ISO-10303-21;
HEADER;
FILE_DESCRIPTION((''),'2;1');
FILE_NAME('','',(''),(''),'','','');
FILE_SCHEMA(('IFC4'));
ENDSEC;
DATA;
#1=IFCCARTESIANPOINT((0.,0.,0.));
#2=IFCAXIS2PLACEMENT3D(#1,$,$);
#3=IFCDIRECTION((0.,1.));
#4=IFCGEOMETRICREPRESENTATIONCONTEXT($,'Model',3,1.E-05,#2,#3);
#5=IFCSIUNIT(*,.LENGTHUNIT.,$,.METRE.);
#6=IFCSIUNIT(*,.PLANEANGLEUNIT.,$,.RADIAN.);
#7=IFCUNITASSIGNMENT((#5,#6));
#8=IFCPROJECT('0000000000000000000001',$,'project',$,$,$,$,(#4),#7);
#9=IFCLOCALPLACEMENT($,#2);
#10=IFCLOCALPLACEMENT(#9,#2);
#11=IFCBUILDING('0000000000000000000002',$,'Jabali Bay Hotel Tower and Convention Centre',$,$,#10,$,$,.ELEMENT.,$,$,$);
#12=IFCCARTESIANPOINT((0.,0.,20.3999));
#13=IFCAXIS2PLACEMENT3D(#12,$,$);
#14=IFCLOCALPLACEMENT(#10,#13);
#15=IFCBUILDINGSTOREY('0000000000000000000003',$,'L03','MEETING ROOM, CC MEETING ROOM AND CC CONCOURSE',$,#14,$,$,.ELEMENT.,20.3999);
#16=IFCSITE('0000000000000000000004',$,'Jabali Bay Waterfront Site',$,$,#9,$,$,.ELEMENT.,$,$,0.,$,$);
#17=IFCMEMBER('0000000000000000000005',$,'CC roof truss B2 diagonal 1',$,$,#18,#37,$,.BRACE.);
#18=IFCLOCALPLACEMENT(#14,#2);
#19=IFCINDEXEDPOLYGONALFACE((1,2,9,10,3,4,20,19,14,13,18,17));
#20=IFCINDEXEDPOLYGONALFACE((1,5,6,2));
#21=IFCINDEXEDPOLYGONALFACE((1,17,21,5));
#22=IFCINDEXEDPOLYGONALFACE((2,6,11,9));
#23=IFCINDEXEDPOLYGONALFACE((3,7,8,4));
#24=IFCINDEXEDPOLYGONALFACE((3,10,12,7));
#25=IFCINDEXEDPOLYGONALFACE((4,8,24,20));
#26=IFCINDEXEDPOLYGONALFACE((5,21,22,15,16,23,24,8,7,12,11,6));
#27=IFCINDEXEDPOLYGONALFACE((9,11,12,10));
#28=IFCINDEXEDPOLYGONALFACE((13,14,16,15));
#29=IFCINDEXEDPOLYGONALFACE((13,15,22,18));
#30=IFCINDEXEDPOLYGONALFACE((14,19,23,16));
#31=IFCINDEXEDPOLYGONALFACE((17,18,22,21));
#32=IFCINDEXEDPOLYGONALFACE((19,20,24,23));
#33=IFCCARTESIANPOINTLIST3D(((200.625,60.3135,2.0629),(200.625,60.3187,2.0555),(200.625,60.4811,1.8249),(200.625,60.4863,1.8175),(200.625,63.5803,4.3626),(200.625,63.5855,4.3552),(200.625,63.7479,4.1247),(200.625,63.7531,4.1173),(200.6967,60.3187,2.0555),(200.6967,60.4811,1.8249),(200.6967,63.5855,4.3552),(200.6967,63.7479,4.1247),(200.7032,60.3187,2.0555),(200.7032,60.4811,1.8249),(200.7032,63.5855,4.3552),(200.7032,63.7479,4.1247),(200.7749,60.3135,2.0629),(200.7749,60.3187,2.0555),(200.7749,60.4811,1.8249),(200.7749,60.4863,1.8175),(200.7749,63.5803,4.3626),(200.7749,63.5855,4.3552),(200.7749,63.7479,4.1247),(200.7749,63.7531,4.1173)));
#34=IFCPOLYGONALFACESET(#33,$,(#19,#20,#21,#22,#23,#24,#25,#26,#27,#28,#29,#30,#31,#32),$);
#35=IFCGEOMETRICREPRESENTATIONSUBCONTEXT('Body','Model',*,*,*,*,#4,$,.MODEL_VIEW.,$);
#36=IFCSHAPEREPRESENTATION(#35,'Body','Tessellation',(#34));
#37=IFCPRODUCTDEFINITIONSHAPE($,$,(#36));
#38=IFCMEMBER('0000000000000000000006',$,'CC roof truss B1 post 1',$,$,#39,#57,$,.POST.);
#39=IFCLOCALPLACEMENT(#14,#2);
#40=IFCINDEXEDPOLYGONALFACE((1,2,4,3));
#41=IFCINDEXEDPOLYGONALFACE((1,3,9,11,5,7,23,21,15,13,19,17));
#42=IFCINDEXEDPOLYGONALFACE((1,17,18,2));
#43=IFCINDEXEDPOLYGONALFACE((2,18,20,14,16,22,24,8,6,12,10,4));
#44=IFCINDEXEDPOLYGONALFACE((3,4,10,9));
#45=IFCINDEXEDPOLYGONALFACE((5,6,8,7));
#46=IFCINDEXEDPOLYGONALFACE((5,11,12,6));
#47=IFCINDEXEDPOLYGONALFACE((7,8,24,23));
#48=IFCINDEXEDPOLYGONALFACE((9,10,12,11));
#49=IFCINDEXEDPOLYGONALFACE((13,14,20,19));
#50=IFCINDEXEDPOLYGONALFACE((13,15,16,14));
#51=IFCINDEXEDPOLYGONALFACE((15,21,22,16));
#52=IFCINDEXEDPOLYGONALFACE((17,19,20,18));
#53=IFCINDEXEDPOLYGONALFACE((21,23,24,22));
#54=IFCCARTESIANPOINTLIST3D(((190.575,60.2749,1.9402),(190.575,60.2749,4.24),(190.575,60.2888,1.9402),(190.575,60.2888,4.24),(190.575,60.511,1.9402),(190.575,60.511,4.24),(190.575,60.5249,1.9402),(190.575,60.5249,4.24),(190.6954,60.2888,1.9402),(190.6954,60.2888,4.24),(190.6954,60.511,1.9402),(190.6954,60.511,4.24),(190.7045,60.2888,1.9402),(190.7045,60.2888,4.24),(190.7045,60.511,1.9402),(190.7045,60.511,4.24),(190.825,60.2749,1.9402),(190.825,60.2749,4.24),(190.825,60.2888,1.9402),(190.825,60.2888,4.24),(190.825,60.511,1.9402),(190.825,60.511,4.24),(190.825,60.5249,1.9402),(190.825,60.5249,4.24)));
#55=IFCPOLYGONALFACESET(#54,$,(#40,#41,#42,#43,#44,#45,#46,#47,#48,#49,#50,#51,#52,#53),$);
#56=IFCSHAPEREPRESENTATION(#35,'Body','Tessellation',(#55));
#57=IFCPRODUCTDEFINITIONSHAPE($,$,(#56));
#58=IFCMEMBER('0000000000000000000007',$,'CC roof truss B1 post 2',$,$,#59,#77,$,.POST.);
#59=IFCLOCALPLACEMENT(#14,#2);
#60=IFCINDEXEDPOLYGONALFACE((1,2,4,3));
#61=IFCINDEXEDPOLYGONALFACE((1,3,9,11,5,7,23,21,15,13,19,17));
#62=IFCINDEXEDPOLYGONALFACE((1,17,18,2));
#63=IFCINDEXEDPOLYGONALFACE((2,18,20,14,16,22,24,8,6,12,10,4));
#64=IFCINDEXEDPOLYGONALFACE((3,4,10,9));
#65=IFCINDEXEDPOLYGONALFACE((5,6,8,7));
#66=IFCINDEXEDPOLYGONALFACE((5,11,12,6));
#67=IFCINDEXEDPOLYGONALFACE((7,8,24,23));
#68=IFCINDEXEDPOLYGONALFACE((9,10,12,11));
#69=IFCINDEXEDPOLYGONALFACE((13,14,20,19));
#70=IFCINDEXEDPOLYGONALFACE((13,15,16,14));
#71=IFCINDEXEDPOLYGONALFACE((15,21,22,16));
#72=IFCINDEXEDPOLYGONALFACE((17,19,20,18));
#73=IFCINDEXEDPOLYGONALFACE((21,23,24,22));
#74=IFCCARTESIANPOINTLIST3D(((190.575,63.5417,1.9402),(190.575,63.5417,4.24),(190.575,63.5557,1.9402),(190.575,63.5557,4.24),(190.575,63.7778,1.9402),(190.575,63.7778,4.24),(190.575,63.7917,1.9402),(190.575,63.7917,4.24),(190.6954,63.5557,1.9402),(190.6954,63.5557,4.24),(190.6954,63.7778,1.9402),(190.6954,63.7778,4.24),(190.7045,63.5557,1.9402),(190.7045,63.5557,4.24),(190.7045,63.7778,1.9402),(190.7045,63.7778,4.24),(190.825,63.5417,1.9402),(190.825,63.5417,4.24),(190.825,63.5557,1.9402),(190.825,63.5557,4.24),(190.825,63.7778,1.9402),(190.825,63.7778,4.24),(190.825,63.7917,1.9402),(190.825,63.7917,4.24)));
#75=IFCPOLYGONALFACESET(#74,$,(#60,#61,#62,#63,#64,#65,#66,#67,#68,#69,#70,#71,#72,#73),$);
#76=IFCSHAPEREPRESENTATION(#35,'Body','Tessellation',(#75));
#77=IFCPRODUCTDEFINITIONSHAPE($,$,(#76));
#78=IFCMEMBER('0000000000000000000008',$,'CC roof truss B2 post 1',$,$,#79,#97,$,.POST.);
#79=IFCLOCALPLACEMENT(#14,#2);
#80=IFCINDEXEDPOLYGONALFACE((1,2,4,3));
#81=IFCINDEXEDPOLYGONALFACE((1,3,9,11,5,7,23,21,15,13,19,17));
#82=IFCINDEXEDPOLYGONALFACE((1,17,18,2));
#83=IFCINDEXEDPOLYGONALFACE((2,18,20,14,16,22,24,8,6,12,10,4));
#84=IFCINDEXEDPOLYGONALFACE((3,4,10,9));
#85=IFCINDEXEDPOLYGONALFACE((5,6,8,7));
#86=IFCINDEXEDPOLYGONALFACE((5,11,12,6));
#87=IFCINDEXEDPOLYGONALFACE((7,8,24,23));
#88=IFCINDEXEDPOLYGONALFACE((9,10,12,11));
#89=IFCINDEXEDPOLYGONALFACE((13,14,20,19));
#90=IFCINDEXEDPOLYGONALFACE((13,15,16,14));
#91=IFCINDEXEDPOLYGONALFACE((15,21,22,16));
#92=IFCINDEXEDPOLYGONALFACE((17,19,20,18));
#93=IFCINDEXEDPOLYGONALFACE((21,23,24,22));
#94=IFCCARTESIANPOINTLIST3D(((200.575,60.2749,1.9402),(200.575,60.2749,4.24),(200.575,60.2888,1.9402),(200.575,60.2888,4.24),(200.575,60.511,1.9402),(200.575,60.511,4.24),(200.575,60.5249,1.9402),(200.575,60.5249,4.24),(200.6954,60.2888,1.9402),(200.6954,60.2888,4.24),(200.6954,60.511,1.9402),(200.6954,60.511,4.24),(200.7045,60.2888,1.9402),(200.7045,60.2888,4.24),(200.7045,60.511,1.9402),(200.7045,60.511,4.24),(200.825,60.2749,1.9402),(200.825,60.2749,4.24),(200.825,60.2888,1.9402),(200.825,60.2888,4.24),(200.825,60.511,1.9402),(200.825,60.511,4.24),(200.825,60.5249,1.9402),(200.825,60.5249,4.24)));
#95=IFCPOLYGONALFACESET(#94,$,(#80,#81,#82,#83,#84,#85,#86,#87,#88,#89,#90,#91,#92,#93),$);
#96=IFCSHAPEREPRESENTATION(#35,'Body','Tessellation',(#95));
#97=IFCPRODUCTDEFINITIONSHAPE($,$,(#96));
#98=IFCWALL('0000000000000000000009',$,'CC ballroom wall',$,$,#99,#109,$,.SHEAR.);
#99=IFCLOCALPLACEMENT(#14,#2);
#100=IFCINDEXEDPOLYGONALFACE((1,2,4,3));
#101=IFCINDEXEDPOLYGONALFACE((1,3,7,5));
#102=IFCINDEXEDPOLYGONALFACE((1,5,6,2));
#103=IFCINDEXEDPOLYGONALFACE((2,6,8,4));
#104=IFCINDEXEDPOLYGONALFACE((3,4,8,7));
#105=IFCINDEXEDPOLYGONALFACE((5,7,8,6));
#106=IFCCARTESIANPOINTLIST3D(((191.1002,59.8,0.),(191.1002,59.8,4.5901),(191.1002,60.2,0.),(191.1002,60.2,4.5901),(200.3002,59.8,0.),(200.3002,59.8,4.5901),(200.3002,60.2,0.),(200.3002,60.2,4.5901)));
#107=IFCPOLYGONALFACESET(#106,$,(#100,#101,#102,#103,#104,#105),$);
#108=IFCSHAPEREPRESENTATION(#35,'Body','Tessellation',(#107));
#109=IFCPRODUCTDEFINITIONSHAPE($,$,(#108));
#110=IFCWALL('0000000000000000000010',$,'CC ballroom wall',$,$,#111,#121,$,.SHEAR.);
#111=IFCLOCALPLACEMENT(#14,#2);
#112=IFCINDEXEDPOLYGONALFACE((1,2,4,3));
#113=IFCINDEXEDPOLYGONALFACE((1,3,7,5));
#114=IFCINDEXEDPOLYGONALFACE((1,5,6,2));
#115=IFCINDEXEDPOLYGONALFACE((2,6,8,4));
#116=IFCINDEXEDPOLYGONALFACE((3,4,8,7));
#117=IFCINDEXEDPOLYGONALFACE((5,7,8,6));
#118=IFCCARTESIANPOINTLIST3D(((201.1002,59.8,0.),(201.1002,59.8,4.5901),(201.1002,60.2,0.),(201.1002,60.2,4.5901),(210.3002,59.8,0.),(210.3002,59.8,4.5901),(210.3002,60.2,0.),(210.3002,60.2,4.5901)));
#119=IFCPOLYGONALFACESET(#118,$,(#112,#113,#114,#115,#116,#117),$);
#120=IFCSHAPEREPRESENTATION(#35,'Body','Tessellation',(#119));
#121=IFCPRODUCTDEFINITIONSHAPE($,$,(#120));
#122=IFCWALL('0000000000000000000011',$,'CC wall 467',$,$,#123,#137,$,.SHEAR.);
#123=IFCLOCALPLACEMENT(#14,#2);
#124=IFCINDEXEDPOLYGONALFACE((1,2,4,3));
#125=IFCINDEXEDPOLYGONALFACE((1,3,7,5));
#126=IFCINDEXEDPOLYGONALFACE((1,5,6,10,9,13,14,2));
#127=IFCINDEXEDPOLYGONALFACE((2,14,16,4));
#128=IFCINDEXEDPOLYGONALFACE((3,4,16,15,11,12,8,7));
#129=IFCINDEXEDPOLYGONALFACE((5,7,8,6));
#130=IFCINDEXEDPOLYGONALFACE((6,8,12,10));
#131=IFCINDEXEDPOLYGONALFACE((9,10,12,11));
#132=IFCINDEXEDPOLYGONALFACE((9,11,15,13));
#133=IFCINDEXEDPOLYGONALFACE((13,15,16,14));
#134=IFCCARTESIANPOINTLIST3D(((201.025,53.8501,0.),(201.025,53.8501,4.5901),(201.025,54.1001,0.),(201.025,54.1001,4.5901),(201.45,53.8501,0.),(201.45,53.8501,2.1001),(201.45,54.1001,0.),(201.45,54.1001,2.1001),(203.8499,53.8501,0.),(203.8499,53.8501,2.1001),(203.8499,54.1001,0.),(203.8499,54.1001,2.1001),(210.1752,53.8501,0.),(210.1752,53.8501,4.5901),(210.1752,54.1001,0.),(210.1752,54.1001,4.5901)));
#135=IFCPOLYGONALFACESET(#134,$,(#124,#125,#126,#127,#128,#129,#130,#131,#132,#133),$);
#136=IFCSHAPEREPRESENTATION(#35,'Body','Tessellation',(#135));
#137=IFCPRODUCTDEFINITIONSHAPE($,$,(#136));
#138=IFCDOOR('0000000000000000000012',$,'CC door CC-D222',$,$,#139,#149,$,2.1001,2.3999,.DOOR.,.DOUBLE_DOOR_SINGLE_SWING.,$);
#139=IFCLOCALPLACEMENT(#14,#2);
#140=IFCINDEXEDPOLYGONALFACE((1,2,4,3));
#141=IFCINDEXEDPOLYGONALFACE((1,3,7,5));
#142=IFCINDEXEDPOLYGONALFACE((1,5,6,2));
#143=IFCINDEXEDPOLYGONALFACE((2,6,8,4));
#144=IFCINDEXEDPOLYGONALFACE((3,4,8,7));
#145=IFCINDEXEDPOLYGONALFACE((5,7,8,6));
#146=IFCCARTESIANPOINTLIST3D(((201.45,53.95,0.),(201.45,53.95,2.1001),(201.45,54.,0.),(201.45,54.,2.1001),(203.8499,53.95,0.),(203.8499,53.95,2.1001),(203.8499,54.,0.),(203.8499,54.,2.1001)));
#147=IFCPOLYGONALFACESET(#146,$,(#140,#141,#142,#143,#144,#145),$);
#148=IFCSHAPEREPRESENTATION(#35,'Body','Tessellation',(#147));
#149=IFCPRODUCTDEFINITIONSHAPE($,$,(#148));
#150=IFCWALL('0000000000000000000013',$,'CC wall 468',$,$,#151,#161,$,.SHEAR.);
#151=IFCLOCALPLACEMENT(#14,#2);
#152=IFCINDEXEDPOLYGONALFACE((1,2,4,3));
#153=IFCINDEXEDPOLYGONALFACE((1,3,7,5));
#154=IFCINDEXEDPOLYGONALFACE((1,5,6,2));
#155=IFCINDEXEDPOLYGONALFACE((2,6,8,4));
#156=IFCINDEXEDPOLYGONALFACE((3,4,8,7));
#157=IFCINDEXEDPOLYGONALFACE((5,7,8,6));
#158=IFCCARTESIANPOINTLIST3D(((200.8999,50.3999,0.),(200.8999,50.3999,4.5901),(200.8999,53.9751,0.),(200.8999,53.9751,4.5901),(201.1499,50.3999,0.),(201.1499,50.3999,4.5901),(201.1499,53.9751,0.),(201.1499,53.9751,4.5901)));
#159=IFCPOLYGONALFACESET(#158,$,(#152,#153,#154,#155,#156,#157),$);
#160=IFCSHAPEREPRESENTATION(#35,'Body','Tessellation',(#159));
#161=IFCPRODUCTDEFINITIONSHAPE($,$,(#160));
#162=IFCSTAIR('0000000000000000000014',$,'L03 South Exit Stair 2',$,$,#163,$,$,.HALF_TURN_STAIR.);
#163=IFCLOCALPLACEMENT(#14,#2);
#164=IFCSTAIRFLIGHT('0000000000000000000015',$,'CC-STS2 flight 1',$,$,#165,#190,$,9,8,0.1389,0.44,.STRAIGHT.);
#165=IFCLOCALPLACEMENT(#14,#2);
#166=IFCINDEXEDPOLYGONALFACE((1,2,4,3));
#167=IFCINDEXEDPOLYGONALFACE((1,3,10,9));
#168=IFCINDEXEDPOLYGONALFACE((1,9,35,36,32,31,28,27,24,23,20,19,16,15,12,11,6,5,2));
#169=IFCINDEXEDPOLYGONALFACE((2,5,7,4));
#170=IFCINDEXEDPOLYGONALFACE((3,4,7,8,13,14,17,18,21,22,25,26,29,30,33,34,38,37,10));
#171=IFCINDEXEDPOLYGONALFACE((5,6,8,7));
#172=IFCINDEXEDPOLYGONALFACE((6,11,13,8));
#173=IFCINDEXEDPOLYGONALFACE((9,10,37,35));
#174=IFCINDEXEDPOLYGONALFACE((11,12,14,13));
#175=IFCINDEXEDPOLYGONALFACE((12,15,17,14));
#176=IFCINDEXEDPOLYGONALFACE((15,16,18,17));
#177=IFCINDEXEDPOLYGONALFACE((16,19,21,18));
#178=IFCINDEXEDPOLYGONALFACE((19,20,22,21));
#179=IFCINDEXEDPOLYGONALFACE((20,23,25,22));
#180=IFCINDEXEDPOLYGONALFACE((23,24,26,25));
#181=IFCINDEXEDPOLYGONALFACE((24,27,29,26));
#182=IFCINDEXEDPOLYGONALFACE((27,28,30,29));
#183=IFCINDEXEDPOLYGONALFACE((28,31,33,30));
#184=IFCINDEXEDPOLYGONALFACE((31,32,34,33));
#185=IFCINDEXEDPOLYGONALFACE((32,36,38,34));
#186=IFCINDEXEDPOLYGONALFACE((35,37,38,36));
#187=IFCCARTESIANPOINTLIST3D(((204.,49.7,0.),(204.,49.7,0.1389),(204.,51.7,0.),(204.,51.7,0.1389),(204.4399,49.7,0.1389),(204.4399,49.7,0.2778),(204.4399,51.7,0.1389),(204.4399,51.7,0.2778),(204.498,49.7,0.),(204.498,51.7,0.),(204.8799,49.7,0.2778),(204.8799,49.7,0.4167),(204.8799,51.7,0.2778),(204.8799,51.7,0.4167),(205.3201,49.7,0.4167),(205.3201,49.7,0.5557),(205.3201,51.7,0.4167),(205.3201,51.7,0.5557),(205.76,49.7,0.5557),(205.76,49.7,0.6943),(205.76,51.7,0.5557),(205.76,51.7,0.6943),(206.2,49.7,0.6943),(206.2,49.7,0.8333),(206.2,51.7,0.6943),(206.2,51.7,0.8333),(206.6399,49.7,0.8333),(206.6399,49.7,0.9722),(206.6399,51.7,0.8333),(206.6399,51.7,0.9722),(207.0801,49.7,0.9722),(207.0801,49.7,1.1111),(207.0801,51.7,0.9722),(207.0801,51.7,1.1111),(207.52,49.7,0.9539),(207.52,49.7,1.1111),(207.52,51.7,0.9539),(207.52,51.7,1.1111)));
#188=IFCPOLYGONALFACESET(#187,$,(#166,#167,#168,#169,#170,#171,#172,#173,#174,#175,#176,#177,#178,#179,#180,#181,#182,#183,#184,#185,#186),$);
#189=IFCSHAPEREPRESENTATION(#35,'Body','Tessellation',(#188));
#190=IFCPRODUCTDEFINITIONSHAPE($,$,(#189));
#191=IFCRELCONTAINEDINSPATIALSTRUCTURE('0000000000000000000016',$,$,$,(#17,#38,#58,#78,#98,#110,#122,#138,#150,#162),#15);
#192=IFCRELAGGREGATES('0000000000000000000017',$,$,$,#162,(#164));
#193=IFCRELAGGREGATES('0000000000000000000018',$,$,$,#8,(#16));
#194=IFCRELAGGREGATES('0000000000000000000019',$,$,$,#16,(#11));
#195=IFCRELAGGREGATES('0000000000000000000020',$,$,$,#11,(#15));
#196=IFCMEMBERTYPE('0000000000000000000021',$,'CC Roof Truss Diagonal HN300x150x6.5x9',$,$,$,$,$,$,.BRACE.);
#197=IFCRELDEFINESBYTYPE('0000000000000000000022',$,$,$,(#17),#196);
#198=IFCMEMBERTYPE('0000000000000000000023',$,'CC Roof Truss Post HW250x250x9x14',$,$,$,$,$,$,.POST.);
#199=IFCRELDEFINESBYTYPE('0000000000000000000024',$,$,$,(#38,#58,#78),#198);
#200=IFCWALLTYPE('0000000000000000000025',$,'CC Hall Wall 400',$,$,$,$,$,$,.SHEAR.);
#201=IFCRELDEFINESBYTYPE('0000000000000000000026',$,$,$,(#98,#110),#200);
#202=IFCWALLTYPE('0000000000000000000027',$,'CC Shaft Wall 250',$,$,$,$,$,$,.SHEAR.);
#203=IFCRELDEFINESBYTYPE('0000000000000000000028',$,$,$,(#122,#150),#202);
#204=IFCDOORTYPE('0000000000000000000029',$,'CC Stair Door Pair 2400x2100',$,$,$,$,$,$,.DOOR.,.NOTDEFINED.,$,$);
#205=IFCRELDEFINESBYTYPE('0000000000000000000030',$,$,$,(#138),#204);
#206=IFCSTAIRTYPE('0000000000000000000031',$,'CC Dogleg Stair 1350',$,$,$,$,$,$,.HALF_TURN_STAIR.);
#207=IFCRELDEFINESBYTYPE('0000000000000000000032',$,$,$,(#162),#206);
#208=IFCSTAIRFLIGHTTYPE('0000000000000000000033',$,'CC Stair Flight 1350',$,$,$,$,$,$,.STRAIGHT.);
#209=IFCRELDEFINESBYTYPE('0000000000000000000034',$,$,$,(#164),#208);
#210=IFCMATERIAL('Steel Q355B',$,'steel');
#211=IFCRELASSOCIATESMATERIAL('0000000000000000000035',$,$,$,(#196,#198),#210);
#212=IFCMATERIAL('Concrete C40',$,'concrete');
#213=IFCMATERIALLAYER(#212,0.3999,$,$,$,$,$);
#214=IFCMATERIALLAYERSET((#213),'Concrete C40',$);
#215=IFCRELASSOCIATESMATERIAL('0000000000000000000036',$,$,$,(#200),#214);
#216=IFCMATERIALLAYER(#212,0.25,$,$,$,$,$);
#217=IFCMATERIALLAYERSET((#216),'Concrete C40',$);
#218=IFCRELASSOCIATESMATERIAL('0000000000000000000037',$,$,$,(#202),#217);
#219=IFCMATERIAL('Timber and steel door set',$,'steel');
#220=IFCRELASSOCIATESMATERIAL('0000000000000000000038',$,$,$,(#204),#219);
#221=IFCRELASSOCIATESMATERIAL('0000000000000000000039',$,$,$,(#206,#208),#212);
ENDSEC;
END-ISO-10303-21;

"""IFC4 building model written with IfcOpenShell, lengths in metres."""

from ifc_helpers import new_model, si_unit, direction, frame, frame_2d, origin, origin_2d, place, context, subcontext, project, spatial, polyline, rectangle, i_section, outline, extrude, material, layer, layer_set, material_profile, profile_set, type_object, element, fill, aggregate, save


model = new_model("IFC4")

# Units and contexts
model_context = context("Model", 3, precision=1e-05, world=origin(), true_north=direction((0.0, 1.0)))
body_context = subcontext(model_context, "Body", "Model", "MODEL_VIEW")
ifc_project = project(units=[si_unit("LENGTHUNIT", "METRE"), si_unit("PLANEANGLEUNIT", "RADIAN")], contexts=[model_context])

# Site, building, storey
site_placement = place(None, origin())
site = spatial("IfcSite", under=ifc_project, at=site_placement, Name="Jabali Bay Waterfront Site", CompositionType="ELEMENT", RefElevation=0.0)
building_placement = place(site_placement, origin())
building = spatial("IfcBuilding", under=site, at=building_placement, Name="Jabali Bay Hotel Tower and Convention Centre", CompositionType="ELEMENT")
storey_placement = place(building_placement, frame((0.0, 0.0, 20.3999)))
storey = spatial("IfcBuildingStorey", under=building, at=storey_placement, Name="L03", Description="MEETING ROOM, CC MEETING ROOM AND CC CONCOURSE", CompositionType="ELEMENT", Elevation=20.3999)

# Members
ifc_material_1 = material(Name="Steel Q355B", Category="steel")
ifc_material_profile_1 = material_profile(ifc_material_1, i_section(OverallWidth=0.1499, OverallDepth=0.3, WebThickness=0.0066, FlangeThickness=0.009, at=origin_2d()), Name="HN300x150x6.5x9")
ifc_profile_set_1 = profile_set([ifc_material_profile_1], Name="Steel Q355B")
member_type_1 = type_object("IfcMemberType", Name="CC Roof Truss Diagonal HN300x150x6.5x9", PredefinedType="BRACE", material=ifc_profile_set_1)
member_1_placement = place(storey_placement, frame((200.7, 60.3999, 1.9402), z_axis=(0.0, 0.817699, 0.575646), x_axis=(-1.0, 0.0, 0.0)))
element("IfcMember", 1, at=member_1_placement, inside=storey, type_object=member_type_1, Name="CC roof truss B2 diagonal 1", PredefinedType="BRACE", context=body_context, shape_type="SweptSolid", body=[
    extrude(i_section(OverallWidth=0.1499, OverallDepth=0.3, WebThickness=0.0066, FlangeThickness=0.009, at=origin_2d()), origin(), (0.0, 0.0, 1.0), 3.9951),
])
ifc_material_profile_2 = material_profile(ifc_material_1, i_section(OverallWidth=0.25, OverallDepth=0.25, WebThickness=0.009, FlangeThickness=0.0139, at=origin_2d()), Name="HW250x250x9x14")
ifc_profile_set_2 = profile_set([ifc_material_profile_2], Name="Steel Q355B")
member_type_2 = type_object("IfcMemberType", Name="CC Roof Truss Post HW250x250x9x14", PredefinedType="POST", material=ifc_profile_set_2)
for number, where, z_axis, x_axis, name in (
    (2, (190.7, 60.3999, 1.9402), (0.0, 0.0, 1.0), (1.0, 0.0, 0.0), "CC roof truss B1 post 1"),
    (3, (190.7, 63.6667, 1.9402), (0.0, 0.0, 1.0), (1.0, 0.0, 0.0), "CC roof truss B1 post 2"),
    (4, (200.7, 60.3999, 1.9402), (0.0, 0.0, 1.0), (1.0, 0.0, 0.0), "CC roof truss B2 post 1"),
):
    element("IfcMember", number, at=place(storey_placement, frame(where, z_axis=z_axis, x_axis=x_axis)), inside=storey, type_object=member_type_2, Name=name, PredefinedType="POST", context=body_context, shape_type="SweptSolid", body=[
        extrude(i_section(OverallWidth=0.25, OverallDepth=0.25, WebThickness=0.009, FlangeThickness=0.0139, at=origin_2d()), origin(), (0.0, 0.0, 1.0), 2.2998),
    ])

# Walls
ifc_material_2 = material(Name="Concrete C40", Category="concrete")
ifc_layer_1 = layer(ifc_material_2, 0.3999)
ifc_layer_set_1 = layer_set([ifc_layer_1], Name="Concrete C40")
wall_type_1 = type_object("IfcWallType", Name="CC Hall Wall 400", PredefinedType="SHEAR", material=ifc_layer_set_1)
for number, where, z_axis, x_axis, name in (
    (5, (191.1001, 60.0, 0.0), (0.0, 0.0, 1.0), (1.0, 0.0, 0.0), "CC ballroom wall"),
    (6, (201.1001, 60.0, 0.0), (0.0, 0.0, 1.0), (1.0, 0.0, 0.0), "CC ballroom wall"),
):
    element("IfcWall", number, at=place(storey_placement, frame(where, z_axis=z_axis, x_axis=x_axis)), inside=storey, type_object=wall_type_1, Name=name, PredefinedType="SHEAR", context=body_context, shape_type="SweptSolid", body=[
        extrude(rectangle(XDim=9.2, YDim=0.3999, at=frame_2d((4.6001, 0.0))), origin(), (0.0, 0.0, 1.0), 4.5901),
    ])

# Wall, opening, door
ifc_layer_2 = layer(ifc_material_2, 0.25)
ifc_layer_set_2 = layer_set([ifc_layer_2], Name="Concrete C40")
wall_type_2 = type_object("IfcWallType", Name="CC Shaft Wall 250", PredefinedType="SHEAR", material=ifc_layer_set_2)
wall_1_placement = place(storey_placement, frame((201.0249, 53.9751, 0.0), z_axis=(0.0, 0.0, 1.0), x_axis=(1.0, 0.0, 0.0)))
wall_1 = element("IfcWall", 7, at=wall_1_placement, inside=storey, type_object=wall_type_2, Name="CC wall 467", PredefinedType="SHEAR", context=body_context, shape_type="SweptSolid", body=[
    extrude(rectangle(XDim=9.1501, YDim=0.25, at=frame_2d((4.5752, 0.0))), origin(), (0.0, 0.0, 1.0), 4.5901),
])
opening_placement = place(wall_1_placement, frame((0.425, 0.0, 0.0)))
opening = element("IfcOpeningElement", 8, at=opening_placement, cuts=wall_1, PredefinedType="OPENING", context=body_context, shape_type="SweptSolid", body=[
    extrude(rectangle(XDim=2.3999, YDim=2.1001, at=frame_2d((1.2, 1.05))), frame((0.0, 0.1355, 0.0), z_axis=(0.0, -1.0, 0.0), x_axis=(1.0, 0.0, 0.0)), (0.0, 0.0, 1.0), 0.271),
])
ifc_material_3 = material(Name="Timber and steel door set", Category="steel")
door_type = type_object("IfcDoorType", Name="CC Stair Door Pair 2400x2100", OperationType="NOTDEFINED", PredefinedType="DOOR", material=ifc_material_3)
door_placement = place(opening_placement, origin())
door = element("IfcDoor", 9, at=door_placement, inside=storey, type_object=door_type, Name="CC door CC-D222", OperationType="DOUBLE_DOOR_SINGLE_SWING", OverallHeight=2.1001, OverallWidth=2.3999, PredefinedType="DOOR", context=body_context, shape_type="SweptSolid", body=[
    extrude(rectangle(XDim=2.3999, YDim=2.1001, at=frame_2d((1.2, 1.05))), frame((0.0, 0.0249, 0.0), z_axis=(0.0, -1.0, 0.0), x_axis=(1.0, 0.0, 0.0)), (0.0, 0.0, 1.0), 0.05),
])
fill(opening, door)

# Wall
wall_2_placement = place(storey_placement, frame((201.0249, 50.3999, 0.0), z_axis=(0.0, 0.0, 1.0), x_axis=(0.0, 1.0, 0.0)))
element("IfcWall", 10, at=wall_2_placement, inside=storey, type_object=wall_type_2, Name="CC wall 468", PredefinedType="SHEAR", context=body_context, shape_type="SweptSolid", body=[
    extrude(rectangle(XDim=3.5752, YDim=0.25, at=frame_2d((1.7876, 0.0))), origin(), (0.0, 0.0, 1.0), 4.5901),
])

# Stair, stair flight
stair_type = type_object("IfcStairType", Name="CC Dogleg Stair 1350", PredefinedType="HALF_TURN_STAIR", material=ifc_material_2)
stair_placement = place(storey_placement, origin())
stair = element("IfcStair", 11, at=stair_placement, inside=storey, type_object=stair_type, Name="L03 South Exit Stair 2", PredefinedType="HALF_TURN_STAIR")
stair_flight_type = type_object("IfcStairFlightType", Name="CC Stair Flight 1350", PredefinedType="STRAIGHT", material=ifc_material_2)
stair_flight_1_placement = place(storey_placement, frame((204.0, 50.7, 0.0), z_axis=(0.0, 0.0, 1.0), x_axis=(1.0, 0.0, 0.0)))
stair_flight_1 = element("IfcStairFlight", 12, at=stair_flight_1_placement, type_object=stair_flight_type, Name="CC-STS2 flight 1", NumberOfRisers=9, NumberOfTreads=8, PredefinedType="STRAIGHT", RiserHeight=0.1389, TreadLength=0.44, context=body_context, shape_type="SweptSolid", body=[
    extrude(outline(polyline([(0.0, 0.0), (0.0, 0.1389), (0.4399, 0.1389), (0.4399, 0.2778), (0.8799, 0.2778), (0.8799, 0.4167), (1.3201, 0.4167), (1.3201, 0.5557), (1.76, 0.5557), (1.76, 0.6943), (2.2, 0.6943), (2.2, 0.8333), (2.6399, 0.8333), (2.6399, 0.9722), (3.0801, 0.9722), (3.0801, 1.1111), (3.52, 1.1111), (3.52, 1.25), (3.52, 0.9539), (0.498, 0.0), (0.0, 0.0)])), frame((0.0, 1.0, 0.0), z_axis=(0.0, -1.0, 0.0), x_axis=(1.0, 0.0, 0.0)), (0.0, 0.0, 1.0), 2.0),
])
aggregate(stair, [stair_flight_1])

save(model, "model.ifc")
